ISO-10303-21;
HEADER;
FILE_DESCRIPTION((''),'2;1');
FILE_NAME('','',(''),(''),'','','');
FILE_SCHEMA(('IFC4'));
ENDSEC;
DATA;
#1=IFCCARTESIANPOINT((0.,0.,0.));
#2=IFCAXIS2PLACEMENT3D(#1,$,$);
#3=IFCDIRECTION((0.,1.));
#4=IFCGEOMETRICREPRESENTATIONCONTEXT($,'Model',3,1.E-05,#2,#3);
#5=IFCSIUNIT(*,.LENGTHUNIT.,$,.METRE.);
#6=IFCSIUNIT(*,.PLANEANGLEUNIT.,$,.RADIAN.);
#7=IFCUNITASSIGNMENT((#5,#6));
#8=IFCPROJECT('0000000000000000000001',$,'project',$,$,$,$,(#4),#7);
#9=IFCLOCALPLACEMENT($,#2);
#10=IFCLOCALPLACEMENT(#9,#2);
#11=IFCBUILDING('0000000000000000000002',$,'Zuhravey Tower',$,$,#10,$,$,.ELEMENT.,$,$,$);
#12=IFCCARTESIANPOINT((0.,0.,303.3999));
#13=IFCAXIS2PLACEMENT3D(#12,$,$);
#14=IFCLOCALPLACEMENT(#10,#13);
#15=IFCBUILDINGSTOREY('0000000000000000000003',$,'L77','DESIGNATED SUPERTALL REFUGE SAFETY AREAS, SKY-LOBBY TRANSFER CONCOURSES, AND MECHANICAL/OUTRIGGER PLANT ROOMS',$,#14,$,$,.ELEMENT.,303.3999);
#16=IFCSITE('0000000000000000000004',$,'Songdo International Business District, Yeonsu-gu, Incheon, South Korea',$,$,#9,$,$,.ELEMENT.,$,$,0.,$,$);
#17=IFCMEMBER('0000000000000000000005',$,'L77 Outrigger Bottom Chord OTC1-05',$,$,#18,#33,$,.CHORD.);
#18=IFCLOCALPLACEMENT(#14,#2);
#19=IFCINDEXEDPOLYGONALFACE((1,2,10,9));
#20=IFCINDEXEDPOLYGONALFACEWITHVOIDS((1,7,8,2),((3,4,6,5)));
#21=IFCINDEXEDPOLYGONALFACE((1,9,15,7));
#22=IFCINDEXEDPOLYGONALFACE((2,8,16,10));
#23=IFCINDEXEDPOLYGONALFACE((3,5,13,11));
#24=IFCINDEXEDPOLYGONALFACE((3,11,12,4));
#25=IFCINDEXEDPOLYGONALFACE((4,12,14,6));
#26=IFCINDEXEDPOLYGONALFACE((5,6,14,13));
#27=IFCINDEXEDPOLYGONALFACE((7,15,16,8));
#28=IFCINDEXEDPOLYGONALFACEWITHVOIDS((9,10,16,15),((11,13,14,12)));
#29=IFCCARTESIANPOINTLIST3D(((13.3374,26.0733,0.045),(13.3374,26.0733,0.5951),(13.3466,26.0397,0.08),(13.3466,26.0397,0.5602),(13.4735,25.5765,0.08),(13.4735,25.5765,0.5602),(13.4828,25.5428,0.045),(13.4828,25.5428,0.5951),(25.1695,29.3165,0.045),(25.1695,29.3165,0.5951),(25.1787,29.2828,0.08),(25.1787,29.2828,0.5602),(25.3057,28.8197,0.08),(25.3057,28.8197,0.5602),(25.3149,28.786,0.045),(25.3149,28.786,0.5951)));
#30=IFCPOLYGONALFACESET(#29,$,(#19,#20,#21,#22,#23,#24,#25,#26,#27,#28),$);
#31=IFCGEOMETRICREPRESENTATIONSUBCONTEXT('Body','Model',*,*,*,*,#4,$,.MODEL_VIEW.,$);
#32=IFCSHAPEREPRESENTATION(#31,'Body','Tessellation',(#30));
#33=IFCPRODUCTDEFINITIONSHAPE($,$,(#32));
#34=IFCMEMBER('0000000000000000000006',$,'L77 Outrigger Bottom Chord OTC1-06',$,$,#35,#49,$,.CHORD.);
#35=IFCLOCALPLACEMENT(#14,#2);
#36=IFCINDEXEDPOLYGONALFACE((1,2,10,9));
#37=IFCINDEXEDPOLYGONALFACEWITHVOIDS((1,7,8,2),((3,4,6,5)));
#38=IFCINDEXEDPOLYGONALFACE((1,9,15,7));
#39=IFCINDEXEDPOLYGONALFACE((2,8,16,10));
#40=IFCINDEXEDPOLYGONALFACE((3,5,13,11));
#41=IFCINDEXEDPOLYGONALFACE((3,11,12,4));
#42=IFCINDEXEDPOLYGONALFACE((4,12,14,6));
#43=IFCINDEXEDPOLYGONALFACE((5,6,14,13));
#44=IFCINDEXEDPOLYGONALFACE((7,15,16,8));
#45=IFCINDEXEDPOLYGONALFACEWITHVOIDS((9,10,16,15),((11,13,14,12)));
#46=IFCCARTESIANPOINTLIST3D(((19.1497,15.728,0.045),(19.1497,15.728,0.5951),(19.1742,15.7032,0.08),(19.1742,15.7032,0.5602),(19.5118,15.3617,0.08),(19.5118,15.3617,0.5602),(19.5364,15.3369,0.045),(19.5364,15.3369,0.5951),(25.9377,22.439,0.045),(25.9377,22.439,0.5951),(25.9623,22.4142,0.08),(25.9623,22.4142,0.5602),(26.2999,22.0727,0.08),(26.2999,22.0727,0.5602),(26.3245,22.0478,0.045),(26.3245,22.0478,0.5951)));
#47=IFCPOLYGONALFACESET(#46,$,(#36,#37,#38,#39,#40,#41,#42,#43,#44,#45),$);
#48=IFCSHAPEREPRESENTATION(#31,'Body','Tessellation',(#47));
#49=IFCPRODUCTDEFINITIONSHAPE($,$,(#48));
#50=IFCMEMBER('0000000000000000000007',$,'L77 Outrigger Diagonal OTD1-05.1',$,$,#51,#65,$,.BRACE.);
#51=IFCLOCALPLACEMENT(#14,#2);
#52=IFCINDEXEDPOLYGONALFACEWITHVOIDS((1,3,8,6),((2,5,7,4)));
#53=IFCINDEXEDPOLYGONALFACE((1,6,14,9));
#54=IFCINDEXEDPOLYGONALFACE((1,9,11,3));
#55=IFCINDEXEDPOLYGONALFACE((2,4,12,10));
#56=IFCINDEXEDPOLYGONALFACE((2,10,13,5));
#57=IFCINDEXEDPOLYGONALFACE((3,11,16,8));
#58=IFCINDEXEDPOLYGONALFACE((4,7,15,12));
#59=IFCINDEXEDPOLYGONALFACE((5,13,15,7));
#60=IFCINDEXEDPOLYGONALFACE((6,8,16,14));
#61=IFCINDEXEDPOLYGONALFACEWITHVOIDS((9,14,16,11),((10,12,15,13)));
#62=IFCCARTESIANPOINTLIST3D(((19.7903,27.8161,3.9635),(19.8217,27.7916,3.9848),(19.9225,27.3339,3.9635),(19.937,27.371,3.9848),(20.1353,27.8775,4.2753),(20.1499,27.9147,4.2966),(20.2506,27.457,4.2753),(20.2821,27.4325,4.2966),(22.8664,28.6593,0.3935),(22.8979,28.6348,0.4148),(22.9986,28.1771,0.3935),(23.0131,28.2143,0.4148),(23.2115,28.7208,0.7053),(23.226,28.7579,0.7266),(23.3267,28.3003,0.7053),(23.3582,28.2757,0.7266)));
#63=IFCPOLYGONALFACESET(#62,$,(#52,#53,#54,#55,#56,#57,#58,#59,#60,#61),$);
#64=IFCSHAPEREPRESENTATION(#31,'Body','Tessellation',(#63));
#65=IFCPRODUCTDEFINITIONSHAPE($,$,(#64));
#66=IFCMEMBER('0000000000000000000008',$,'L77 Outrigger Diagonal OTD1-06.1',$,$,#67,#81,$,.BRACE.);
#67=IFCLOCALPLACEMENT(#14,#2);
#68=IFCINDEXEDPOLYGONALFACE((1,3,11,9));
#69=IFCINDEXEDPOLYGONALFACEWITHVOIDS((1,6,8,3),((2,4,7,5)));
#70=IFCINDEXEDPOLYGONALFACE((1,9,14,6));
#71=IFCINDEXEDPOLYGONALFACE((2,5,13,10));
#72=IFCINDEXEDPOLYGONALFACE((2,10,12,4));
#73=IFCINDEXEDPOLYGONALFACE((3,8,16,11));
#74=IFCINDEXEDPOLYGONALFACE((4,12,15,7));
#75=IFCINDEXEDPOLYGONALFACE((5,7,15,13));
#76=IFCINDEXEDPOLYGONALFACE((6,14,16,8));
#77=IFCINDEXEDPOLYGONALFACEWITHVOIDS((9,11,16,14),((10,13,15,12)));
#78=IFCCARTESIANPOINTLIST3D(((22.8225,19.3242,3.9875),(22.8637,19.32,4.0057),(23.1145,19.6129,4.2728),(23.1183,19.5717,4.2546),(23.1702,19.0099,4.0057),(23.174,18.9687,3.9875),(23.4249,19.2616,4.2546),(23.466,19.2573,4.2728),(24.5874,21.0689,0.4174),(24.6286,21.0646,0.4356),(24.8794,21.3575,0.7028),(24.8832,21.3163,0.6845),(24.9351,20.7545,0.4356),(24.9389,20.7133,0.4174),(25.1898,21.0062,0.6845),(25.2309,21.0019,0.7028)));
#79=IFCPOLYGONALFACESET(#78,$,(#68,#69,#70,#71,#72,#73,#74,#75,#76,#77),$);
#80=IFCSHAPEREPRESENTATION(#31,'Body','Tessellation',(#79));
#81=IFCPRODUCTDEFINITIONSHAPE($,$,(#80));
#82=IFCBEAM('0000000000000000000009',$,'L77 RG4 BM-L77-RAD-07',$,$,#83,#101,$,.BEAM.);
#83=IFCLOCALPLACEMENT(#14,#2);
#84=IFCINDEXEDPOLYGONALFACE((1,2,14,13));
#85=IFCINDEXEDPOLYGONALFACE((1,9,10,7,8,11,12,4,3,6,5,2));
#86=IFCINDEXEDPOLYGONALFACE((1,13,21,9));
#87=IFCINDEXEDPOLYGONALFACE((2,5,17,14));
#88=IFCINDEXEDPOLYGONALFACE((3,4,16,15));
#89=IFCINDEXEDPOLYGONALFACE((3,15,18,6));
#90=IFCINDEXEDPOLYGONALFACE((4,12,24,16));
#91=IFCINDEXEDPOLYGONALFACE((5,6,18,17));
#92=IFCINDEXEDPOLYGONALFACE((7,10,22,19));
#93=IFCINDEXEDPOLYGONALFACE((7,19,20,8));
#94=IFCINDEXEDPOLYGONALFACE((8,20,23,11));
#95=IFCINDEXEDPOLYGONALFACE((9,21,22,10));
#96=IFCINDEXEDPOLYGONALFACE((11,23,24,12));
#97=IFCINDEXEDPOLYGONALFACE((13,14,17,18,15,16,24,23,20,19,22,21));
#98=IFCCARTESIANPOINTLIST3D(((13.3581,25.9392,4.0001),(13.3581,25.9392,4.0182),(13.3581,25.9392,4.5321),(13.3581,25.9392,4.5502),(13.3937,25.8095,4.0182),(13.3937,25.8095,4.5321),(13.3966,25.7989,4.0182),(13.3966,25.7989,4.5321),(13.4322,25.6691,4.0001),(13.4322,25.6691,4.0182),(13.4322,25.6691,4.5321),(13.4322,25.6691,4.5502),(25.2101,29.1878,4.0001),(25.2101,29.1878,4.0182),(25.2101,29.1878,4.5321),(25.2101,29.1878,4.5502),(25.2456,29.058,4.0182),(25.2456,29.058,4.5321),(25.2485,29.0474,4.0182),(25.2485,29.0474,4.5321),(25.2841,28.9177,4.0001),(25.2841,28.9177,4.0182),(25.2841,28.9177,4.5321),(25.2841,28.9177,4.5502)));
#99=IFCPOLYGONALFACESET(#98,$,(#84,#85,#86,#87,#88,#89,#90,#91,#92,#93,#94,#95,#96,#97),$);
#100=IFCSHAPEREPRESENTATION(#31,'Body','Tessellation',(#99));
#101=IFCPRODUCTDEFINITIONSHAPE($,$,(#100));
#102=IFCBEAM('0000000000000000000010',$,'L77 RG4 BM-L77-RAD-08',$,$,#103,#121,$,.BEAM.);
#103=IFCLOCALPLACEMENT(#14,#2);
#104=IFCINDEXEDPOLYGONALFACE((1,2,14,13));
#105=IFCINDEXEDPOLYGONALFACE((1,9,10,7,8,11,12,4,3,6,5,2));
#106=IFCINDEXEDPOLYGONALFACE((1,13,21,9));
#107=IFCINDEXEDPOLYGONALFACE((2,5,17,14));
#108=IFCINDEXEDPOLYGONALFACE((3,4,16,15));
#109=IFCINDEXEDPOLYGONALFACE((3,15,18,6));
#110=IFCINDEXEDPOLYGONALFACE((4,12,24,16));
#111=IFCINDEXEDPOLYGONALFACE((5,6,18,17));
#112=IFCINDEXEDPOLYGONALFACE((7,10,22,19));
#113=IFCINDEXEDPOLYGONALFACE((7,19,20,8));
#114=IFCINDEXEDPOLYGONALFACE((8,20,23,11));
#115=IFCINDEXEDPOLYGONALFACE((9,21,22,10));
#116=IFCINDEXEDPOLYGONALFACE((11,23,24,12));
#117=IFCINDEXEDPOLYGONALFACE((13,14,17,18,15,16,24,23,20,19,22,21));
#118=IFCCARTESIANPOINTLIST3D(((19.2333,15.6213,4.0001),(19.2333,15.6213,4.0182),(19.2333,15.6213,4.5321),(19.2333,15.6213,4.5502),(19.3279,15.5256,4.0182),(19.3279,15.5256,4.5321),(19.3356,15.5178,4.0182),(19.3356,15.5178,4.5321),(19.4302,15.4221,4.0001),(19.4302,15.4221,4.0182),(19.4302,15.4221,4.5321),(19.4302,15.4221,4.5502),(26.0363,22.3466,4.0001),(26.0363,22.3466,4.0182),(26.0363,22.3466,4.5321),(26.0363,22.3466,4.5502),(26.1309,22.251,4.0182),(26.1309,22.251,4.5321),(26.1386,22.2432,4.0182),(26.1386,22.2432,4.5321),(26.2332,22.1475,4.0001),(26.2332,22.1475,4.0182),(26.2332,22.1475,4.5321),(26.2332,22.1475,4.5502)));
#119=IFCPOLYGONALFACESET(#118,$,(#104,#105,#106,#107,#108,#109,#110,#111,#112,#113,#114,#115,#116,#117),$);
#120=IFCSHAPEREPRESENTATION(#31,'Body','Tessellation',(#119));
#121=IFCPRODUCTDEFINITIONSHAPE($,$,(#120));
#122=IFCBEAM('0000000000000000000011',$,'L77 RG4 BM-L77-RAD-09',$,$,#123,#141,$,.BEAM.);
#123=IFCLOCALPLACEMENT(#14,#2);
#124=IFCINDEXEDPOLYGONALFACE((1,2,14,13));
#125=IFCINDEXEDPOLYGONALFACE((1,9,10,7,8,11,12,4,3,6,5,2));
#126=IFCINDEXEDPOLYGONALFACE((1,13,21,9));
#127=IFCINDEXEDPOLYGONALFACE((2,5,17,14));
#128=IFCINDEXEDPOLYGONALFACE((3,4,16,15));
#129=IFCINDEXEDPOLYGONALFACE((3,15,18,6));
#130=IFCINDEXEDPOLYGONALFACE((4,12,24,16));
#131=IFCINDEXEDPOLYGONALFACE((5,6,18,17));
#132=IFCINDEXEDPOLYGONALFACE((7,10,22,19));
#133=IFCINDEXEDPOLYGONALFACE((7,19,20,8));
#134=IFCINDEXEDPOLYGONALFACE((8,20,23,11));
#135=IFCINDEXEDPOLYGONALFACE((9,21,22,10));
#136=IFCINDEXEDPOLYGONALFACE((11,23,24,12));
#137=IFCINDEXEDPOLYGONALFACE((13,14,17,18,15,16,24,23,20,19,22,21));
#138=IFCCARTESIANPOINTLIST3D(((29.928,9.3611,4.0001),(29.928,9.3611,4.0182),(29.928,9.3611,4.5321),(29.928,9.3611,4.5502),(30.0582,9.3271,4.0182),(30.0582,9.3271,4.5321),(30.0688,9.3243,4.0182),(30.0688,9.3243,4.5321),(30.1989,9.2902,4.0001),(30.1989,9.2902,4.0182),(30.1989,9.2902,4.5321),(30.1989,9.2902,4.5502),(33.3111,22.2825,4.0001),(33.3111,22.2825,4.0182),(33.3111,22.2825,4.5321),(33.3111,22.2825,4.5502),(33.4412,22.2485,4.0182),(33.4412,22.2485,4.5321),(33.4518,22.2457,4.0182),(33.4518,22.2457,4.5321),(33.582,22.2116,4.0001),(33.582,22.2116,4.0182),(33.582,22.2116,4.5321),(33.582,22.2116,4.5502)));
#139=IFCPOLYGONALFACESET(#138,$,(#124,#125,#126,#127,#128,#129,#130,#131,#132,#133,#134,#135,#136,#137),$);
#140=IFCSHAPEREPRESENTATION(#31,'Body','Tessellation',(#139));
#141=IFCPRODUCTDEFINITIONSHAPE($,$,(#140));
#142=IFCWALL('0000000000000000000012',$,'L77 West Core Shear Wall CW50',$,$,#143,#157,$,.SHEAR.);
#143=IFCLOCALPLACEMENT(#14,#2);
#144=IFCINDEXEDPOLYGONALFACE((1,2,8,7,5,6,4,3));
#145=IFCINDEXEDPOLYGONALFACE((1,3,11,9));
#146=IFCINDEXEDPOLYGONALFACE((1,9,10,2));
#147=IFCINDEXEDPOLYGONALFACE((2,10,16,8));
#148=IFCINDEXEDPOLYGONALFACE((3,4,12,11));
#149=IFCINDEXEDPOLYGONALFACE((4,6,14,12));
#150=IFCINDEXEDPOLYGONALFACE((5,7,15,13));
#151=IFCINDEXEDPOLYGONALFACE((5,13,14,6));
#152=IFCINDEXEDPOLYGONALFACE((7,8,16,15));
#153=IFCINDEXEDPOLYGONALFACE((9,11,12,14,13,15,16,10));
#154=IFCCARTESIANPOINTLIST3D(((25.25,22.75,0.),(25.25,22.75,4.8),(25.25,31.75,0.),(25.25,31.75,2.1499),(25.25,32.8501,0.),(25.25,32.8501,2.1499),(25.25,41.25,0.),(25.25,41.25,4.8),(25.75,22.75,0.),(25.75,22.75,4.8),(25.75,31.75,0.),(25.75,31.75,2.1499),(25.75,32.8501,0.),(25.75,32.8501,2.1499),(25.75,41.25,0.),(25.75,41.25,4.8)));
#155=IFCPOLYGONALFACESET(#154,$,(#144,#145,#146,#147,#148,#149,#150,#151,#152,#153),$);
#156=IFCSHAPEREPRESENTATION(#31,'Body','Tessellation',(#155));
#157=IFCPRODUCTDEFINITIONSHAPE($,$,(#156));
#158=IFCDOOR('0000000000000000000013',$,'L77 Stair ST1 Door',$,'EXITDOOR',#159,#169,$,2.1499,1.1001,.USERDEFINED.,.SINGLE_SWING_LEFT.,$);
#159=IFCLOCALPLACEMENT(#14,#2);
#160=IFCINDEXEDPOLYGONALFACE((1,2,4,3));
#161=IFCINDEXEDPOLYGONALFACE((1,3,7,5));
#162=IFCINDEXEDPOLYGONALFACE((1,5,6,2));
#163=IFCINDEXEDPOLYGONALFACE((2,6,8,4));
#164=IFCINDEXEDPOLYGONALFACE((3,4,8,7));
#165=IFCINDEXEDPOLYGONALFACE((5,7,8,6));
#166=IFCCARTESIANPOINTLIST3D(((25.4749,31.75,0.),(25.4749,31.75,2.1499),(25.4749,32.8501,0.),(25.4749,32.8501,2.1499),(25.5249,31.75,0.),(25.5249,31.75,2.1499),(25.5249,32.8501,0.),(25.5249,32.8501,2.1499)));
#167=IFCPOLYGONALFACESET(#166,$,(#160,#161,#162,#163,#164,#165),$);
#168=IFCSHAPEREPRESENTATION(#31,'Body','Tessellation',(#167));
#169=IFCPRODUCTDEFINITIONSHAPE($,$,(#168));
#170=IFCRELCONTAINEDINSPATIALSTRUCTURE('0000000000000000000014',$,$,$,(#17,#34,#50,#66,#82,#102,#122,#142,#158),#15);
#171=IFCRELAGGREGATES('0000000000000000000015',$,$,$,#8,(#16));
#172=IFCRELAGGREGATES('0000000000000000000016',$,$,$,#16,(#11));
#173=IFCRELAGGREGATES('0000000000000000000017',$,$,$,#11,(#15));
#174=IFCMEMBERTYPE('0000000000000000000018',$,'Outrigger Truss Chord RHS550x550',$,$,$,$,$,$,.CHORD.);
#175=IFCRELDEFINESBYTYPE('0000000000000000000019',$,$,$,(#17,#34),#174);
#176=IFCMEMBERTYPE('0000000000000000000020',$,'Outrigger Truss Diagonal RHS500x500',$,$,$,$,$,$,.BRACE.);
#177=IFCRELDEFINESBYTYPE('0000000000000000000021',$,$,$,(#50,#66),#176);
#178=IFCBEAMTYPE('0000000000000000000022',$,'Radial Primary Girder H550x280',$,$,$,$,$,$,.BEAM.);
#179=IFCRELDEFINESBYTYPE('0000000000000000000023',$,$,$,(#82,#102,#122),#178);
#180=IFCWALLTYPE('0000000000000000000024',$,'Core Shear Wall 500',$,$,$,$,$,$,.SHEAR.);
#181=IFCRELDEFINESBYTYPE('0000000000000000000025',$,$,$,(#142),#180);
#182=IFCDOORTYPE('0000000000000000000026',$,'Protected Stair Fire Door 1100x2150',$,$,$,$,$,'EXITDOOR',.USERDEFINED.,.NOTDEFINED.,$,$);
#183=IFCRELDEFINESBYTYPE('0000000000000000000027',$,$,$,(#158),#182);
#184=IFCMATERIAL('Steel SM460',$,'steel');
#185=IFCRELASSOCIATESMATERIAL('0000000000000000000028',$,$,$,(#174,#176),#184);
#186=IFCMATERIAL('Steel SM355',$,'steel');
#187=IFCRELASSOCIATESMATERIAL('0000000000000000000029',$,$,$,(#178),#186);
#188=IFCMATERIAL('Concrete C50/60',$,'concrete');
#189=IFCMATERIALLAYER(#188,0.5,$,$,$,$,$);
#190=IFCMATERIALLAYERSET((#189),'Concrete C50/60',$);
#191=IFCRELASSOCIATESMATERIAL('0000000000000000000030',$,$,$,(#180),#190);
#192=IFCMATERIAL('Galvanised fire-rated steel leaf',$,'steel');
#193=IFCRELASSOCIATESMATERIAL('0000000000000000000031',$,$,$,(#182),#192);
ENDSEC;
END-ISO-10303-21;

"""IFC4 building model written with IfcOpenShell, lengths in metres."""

from ifc_helpers import new_model, si_unit, direction, frame, frame_2d, origin, origin_2d, place, context, subcontext, project, spatial, rectangle, hollow_rectangle, i_section, extrude, material, layer, layer_set, material_profile, profile_set, type_object, element, fill, save


model = new_model("IFC4")

# Units and contexts
model_context = context("Model", 3, precision=1e-05, world=origin(), true_north=direction((0.0, 1.0)))
body_context = subcontext(model_context, "Body", "Model", "MODEL_VIEW")
ifc_project = project(units=[si_unit("LENGTHUNIT", "METRE"), si_unit("PLANEANGLEUNIT", "RADIAN")], contexts=[model_context])

# Site, building, storey
site_placement = place(None, origin())
site = spatial("IfcSite", under=ifc_project, at=site_placement, Name="Songdo International Business District, Yeonsu-gu, Incheon, South Korea", CompositionType="ELEMENT", RefElevation=0.0)
building_placement = place(site_placement, origin())
building = spatial("IfcBuilding", under=site, at=building_placement, Name="Zuhravey Tower", CompositionType="ELEMENT")
storey_placement = place(building_placement, frame((0.0, 0.0, 303.3999)))
storey = spatial("IfcBuildingStorey", under=building, at=storey_placement, Name="L77", Description="DESIGNATED SUPERTALL REFUGE SAFETY AREAS, SKY-LOBBY TRANSFER CONCOURSES, AND MECHANICAL/OUTRIGGER PLANT ROOMS", CompositionType="ELEMENT", Elevation=303.3999)

# Members
ifc_material_1 = material(Name="Steel SM460", Category="steel")
ifc_material_profile_1 = material_profile(ifc_material_1, hollow_rectangle(XDim=0.55, YDim=0.55, WallThickness=0.0349, at=origin_2d()), Name="RHS-550x550x35")
ifc_profile_set_1 = profile_set([ifc_material_profile_1], Name="Steel SM460")
member_type_1 = type_object("IfcMemberType", Name="Outrigger Truss Chord RHS550x550", PredefinedType="CHORD", material=ifc_profile_set_1)
member_1_placement = place(storey_placement, frame((25.2422, 29.0513, 0.3201), z_axis=(-0.964427, -0.26435, 0.0), x_axis=(0.26435, -0.964427, 0.0)))
element("IfcMember", 1, at=member_1_placement, inside=storey, type_object=member_type_1, Name="L77 Outrigger Bottom Chord OTC1-05", PredefinedType="CHORD", context=body_context, shape_type="SweptSolid", body=[
    extrude(hollow_rectangle(XDim=0.55, YDim=0.55, WallThickness=0.0349, at=origin_2d()), origin(), (0.0, 0.0, 1.0), 12.2686),
])
member_2_placement = place(storey_placement, frame((26.1311, 22.2434, 0.3201), z_axis=(-0.711136, -0.703054, 0.0), x_axis=(0.703054, -0.711136, 0.0)))
element("IfcMember", 2, at=member_2_placement, inside=storey, type_object=member_type_1, Name="L77 Outrigger Bottom Chord OTC1-06", PredefinedType="CHORD", context=body_context, shape_type="SweptSolid", body=[
    extrude(hollow_rectangle(XDim=0.55, YDim=0.55, WallThickness=0.0349, at=origin_2d()), origin(), (0.0, 0.0, 1.0), 9.5454),
])
ifc_material_profile_2 = material_profile(ifc_material_1, hollow_rectangle(XDim=0.5, YDim=0.5, WallThickness=0.032, at=origin_2d()), Name="RHS-500x500x32")
ifc_profile_set_2 = profile_set([ifc_material_profile_2], Name="Steel SM460")
member_type_2 = type_object("IfcMemberType", Name="Outrigger Truss Diagonal RHS500x500", PredefinedType="BRACE", material=ifc_profile_set_2)
member_3_placement = place(storey_placement, frame((23.1123, 28.4675, 0.5601), z_axis=(-0.642554, -0.176141, 0.74572), x_axis=(0.264374, -0.96442, 0.0)))
element("IfcMember", 3, at=member_3_placement, inside=storey, type_object=member_type_2, Name="L77 Outrigger Diagonal OTD1-05.1", PredefinedType="BRACE", context=body_context, shape_type="SweptSolid", body=[
    extrude(hollow_rectangle(XDim=0.5, YDim=0.5, WallThickness=0.032, at=origin_2d()), origin(), (0.0, 0.0, 1.0), 4.7874),
])
member_4_placement = place(storey_placement, frame((24.9092, 21.0354, 0.5601), z_axis=(-0.405921, -0.401261, 0.821108), x_axis=(0.703012, -0.711178, 0.0)))
element("IfcMember", 4, at=member_4_placement, inside=storey, type_object=member_type_2, Name="L77 Outrigger Diagonal OTD1-06.1", PredefinedType="BRACE", context=body_context, shape_type="SweptSolid", body=[
    extrude(hollow_rectangle(XDim=0.5, YDim=0.5, WallThickness=0.032, at=origin_2d()), origin(), (0.0, 0.0, 1.0), 4.3479),
])

# Beams
ifc_material_2 = material(Name="Steel SM355", Category="steel")
ifc_material_profile_3 = material_profile(ifc_material_2, i_section(OverallWidth=0.28, OverallDepth=0.55, WebThickness=0.011, FlangeThickness=0.0181, at=origin_2d()), Name="H-550x280x11x18")
ifc_profile_set_3 = profile_set([ifc_material_profile_3], Name="Steel SM355")
beam_type = type_object("IfcBeamType", Name="Radial Primary Girder H550x280", PredefinedType="BEAM", material=ifc_profile_set_3)
beam_1_placement = place(storey_placement, frame((25.2471, 29.0527, 4.2751), z_axis=(-0.964428, -0.264346, 0.0), x_axis=(0.264346, -0.964428, 0.0)))
element("IfcBeam", 5, at=beam_1_placement, inside=storey, type_object=beam_type, Name="L77 RG4 BM-L77-RAD-07", PredefinedType="BEAM", context=body_context, shape_type="SweptSolid", body=[
    extrude(i_section(OverallWidth=0.28, OverallDepth=0.55, WebThickness=0.011, FlangeThickness=0.0181, at=origin_2d()), origin(), (0.0, 0.0, 1.0), 12.2891),
])
beam_2_placement = place(storey_placement, frame((26.1348, 22.2471, 4.2751), z_axis=(-0.711153, -0.703037, 0.0), x_axis=(0.703037, -0.711153, 0.0)))
element("IfcBeam", 6, at=beam_2_placement, inside=storey, type_object=beam_type, Name="L77 RG4 BM-L77-RAD-08", PredefinedType="BEAM", context=body_context, shape_type="SweptSolid", body=[
    extrude(i_section(OverallWidth=0.28, OverallDepth=0.55, WebThickness=0.011, FlangeThickness=0.0181, at=origin_2d()), origin(), (0.0, 0.0, 1.0), 9.5662),
])
beam_3_placement = place(storey_placement, frame((33.4465, 22.2471, 4.2751), z_axis=(-0.253281, -0.967393, 0.0), x_axis=(0.967393, -0.253281, 0.0)))
element("IfcBeam", 7, at=beam_3_placement, inside=storey, type_object=beam_type, Name="L77 RG4 BM-L77-RAD-09", PredefinedType="BEAM", context=body_context, shape_type="SweptSolid", body=[
    extrude(i_section(OverallWidth=0.28, OverallDepth=0.55, WebThickness=0.011, FlangeThickness=0.0181, at=origin_2d()), origin(), (0.0, 0.0, 1.0), 13.3569),
])

# Wall, opening, door
ifc_material_3 = material(Name="Concrete C50/60", Category="concrete")
ifc_layer_1 = layer(ifc_material_3, 0.5)
ifc_layer_set_1 = layer_set([ifc_layer_1], Name="Concrete C50/60")
wall_type_1 = type_object("IfcWallType", Name="Core Shear Wall 500", PredefinedType="SHEAR", material=ifc_layer_set_1)
ifc_material_4 = material(Name="Galvanised fire-rated steel leaf", Category="steel")
wall_1_placement = place(storey_placement, frame((25.5, 22.75, 0.0), z_axis=(0.0, 0.0, 1.0), x_axis=(0.0, 1.0, 0.0)))
wall_1 = element("IfcWall", 8, at=wall_1_placement, inside=storey, type_object=wall_type_1, Name="L77 West Core Shear Wall CW50", PredefinedType="SHEAR", context=body_context, shape_type="SweptSolid", body=[
    extrude(rectangle(XDim=18.5, YDim=0.5, at=frame_2d((9.25, 0.0))), origin(), (0.0, 0.0, 1.0), 4.8),
])
opening_1_placement = place(wall_1_placement, frame((9.0, 0.0, 0.0)))
opening_1 = element("IfcOpeningElement", 9, at=opening_1_placement, cuts=wall_1, PredefinedType="OPENING", context=body_context, shape_type="SweptSolid", body=[
    extrude(rectangle(XDim=1.1001, YDim=2.1499, at=frame_2d((0.55, 1.075))), frame((0.0, 0.262, 0.0), z_axis=(0.0, -1.0, 0.0), x_axis=(1.0, 0.0, 0.0)), (0.0, 0.0, 1.0), 0.5239),
])
door_type_1 = type_object("IfcDoorType", Name="Protected Stair Fire Door 1100x2150", ElementType="EXITDOOR", OperationType="NOTDEFINED", PredefinedType="USERDEFINED", material=ifc_material_4)
door_1_placement = place(opening_1_placement, frame((1.1001, 0.0, 0.0), z_axis=(0.0, 0.0, 1.0), x_axis=(-1.0, 0.0, 0.0)))
door_1 = element("IfcDoor", 10, at=door_1_placement, inside=storey, type_object=door_type_1, Name="L77 Stair ST1 Door", ObjectType="EXITDOOR", OperationType="SINGLE_SWING_LEFT", OverallHeight=2.1499, OverallWidth=1.1001, PredefinedType="USERDEFINED", context=body_context, shape_type="SweptSolid", body=[
    extrude(rectangle(XDim=1.1001, YDim=2.1499, at=frame_2d((0.55, 1.075))), frame((0.0, 0.0249, 0.0), z_axis=(0.0, -1.0, 0.0), x_axis=(1.0, 0.0, 0.0)), (0.0, 0.0, 1.0), 0.05),
])
fill(opening_1, door_1)

save(model, "model.ifc")
